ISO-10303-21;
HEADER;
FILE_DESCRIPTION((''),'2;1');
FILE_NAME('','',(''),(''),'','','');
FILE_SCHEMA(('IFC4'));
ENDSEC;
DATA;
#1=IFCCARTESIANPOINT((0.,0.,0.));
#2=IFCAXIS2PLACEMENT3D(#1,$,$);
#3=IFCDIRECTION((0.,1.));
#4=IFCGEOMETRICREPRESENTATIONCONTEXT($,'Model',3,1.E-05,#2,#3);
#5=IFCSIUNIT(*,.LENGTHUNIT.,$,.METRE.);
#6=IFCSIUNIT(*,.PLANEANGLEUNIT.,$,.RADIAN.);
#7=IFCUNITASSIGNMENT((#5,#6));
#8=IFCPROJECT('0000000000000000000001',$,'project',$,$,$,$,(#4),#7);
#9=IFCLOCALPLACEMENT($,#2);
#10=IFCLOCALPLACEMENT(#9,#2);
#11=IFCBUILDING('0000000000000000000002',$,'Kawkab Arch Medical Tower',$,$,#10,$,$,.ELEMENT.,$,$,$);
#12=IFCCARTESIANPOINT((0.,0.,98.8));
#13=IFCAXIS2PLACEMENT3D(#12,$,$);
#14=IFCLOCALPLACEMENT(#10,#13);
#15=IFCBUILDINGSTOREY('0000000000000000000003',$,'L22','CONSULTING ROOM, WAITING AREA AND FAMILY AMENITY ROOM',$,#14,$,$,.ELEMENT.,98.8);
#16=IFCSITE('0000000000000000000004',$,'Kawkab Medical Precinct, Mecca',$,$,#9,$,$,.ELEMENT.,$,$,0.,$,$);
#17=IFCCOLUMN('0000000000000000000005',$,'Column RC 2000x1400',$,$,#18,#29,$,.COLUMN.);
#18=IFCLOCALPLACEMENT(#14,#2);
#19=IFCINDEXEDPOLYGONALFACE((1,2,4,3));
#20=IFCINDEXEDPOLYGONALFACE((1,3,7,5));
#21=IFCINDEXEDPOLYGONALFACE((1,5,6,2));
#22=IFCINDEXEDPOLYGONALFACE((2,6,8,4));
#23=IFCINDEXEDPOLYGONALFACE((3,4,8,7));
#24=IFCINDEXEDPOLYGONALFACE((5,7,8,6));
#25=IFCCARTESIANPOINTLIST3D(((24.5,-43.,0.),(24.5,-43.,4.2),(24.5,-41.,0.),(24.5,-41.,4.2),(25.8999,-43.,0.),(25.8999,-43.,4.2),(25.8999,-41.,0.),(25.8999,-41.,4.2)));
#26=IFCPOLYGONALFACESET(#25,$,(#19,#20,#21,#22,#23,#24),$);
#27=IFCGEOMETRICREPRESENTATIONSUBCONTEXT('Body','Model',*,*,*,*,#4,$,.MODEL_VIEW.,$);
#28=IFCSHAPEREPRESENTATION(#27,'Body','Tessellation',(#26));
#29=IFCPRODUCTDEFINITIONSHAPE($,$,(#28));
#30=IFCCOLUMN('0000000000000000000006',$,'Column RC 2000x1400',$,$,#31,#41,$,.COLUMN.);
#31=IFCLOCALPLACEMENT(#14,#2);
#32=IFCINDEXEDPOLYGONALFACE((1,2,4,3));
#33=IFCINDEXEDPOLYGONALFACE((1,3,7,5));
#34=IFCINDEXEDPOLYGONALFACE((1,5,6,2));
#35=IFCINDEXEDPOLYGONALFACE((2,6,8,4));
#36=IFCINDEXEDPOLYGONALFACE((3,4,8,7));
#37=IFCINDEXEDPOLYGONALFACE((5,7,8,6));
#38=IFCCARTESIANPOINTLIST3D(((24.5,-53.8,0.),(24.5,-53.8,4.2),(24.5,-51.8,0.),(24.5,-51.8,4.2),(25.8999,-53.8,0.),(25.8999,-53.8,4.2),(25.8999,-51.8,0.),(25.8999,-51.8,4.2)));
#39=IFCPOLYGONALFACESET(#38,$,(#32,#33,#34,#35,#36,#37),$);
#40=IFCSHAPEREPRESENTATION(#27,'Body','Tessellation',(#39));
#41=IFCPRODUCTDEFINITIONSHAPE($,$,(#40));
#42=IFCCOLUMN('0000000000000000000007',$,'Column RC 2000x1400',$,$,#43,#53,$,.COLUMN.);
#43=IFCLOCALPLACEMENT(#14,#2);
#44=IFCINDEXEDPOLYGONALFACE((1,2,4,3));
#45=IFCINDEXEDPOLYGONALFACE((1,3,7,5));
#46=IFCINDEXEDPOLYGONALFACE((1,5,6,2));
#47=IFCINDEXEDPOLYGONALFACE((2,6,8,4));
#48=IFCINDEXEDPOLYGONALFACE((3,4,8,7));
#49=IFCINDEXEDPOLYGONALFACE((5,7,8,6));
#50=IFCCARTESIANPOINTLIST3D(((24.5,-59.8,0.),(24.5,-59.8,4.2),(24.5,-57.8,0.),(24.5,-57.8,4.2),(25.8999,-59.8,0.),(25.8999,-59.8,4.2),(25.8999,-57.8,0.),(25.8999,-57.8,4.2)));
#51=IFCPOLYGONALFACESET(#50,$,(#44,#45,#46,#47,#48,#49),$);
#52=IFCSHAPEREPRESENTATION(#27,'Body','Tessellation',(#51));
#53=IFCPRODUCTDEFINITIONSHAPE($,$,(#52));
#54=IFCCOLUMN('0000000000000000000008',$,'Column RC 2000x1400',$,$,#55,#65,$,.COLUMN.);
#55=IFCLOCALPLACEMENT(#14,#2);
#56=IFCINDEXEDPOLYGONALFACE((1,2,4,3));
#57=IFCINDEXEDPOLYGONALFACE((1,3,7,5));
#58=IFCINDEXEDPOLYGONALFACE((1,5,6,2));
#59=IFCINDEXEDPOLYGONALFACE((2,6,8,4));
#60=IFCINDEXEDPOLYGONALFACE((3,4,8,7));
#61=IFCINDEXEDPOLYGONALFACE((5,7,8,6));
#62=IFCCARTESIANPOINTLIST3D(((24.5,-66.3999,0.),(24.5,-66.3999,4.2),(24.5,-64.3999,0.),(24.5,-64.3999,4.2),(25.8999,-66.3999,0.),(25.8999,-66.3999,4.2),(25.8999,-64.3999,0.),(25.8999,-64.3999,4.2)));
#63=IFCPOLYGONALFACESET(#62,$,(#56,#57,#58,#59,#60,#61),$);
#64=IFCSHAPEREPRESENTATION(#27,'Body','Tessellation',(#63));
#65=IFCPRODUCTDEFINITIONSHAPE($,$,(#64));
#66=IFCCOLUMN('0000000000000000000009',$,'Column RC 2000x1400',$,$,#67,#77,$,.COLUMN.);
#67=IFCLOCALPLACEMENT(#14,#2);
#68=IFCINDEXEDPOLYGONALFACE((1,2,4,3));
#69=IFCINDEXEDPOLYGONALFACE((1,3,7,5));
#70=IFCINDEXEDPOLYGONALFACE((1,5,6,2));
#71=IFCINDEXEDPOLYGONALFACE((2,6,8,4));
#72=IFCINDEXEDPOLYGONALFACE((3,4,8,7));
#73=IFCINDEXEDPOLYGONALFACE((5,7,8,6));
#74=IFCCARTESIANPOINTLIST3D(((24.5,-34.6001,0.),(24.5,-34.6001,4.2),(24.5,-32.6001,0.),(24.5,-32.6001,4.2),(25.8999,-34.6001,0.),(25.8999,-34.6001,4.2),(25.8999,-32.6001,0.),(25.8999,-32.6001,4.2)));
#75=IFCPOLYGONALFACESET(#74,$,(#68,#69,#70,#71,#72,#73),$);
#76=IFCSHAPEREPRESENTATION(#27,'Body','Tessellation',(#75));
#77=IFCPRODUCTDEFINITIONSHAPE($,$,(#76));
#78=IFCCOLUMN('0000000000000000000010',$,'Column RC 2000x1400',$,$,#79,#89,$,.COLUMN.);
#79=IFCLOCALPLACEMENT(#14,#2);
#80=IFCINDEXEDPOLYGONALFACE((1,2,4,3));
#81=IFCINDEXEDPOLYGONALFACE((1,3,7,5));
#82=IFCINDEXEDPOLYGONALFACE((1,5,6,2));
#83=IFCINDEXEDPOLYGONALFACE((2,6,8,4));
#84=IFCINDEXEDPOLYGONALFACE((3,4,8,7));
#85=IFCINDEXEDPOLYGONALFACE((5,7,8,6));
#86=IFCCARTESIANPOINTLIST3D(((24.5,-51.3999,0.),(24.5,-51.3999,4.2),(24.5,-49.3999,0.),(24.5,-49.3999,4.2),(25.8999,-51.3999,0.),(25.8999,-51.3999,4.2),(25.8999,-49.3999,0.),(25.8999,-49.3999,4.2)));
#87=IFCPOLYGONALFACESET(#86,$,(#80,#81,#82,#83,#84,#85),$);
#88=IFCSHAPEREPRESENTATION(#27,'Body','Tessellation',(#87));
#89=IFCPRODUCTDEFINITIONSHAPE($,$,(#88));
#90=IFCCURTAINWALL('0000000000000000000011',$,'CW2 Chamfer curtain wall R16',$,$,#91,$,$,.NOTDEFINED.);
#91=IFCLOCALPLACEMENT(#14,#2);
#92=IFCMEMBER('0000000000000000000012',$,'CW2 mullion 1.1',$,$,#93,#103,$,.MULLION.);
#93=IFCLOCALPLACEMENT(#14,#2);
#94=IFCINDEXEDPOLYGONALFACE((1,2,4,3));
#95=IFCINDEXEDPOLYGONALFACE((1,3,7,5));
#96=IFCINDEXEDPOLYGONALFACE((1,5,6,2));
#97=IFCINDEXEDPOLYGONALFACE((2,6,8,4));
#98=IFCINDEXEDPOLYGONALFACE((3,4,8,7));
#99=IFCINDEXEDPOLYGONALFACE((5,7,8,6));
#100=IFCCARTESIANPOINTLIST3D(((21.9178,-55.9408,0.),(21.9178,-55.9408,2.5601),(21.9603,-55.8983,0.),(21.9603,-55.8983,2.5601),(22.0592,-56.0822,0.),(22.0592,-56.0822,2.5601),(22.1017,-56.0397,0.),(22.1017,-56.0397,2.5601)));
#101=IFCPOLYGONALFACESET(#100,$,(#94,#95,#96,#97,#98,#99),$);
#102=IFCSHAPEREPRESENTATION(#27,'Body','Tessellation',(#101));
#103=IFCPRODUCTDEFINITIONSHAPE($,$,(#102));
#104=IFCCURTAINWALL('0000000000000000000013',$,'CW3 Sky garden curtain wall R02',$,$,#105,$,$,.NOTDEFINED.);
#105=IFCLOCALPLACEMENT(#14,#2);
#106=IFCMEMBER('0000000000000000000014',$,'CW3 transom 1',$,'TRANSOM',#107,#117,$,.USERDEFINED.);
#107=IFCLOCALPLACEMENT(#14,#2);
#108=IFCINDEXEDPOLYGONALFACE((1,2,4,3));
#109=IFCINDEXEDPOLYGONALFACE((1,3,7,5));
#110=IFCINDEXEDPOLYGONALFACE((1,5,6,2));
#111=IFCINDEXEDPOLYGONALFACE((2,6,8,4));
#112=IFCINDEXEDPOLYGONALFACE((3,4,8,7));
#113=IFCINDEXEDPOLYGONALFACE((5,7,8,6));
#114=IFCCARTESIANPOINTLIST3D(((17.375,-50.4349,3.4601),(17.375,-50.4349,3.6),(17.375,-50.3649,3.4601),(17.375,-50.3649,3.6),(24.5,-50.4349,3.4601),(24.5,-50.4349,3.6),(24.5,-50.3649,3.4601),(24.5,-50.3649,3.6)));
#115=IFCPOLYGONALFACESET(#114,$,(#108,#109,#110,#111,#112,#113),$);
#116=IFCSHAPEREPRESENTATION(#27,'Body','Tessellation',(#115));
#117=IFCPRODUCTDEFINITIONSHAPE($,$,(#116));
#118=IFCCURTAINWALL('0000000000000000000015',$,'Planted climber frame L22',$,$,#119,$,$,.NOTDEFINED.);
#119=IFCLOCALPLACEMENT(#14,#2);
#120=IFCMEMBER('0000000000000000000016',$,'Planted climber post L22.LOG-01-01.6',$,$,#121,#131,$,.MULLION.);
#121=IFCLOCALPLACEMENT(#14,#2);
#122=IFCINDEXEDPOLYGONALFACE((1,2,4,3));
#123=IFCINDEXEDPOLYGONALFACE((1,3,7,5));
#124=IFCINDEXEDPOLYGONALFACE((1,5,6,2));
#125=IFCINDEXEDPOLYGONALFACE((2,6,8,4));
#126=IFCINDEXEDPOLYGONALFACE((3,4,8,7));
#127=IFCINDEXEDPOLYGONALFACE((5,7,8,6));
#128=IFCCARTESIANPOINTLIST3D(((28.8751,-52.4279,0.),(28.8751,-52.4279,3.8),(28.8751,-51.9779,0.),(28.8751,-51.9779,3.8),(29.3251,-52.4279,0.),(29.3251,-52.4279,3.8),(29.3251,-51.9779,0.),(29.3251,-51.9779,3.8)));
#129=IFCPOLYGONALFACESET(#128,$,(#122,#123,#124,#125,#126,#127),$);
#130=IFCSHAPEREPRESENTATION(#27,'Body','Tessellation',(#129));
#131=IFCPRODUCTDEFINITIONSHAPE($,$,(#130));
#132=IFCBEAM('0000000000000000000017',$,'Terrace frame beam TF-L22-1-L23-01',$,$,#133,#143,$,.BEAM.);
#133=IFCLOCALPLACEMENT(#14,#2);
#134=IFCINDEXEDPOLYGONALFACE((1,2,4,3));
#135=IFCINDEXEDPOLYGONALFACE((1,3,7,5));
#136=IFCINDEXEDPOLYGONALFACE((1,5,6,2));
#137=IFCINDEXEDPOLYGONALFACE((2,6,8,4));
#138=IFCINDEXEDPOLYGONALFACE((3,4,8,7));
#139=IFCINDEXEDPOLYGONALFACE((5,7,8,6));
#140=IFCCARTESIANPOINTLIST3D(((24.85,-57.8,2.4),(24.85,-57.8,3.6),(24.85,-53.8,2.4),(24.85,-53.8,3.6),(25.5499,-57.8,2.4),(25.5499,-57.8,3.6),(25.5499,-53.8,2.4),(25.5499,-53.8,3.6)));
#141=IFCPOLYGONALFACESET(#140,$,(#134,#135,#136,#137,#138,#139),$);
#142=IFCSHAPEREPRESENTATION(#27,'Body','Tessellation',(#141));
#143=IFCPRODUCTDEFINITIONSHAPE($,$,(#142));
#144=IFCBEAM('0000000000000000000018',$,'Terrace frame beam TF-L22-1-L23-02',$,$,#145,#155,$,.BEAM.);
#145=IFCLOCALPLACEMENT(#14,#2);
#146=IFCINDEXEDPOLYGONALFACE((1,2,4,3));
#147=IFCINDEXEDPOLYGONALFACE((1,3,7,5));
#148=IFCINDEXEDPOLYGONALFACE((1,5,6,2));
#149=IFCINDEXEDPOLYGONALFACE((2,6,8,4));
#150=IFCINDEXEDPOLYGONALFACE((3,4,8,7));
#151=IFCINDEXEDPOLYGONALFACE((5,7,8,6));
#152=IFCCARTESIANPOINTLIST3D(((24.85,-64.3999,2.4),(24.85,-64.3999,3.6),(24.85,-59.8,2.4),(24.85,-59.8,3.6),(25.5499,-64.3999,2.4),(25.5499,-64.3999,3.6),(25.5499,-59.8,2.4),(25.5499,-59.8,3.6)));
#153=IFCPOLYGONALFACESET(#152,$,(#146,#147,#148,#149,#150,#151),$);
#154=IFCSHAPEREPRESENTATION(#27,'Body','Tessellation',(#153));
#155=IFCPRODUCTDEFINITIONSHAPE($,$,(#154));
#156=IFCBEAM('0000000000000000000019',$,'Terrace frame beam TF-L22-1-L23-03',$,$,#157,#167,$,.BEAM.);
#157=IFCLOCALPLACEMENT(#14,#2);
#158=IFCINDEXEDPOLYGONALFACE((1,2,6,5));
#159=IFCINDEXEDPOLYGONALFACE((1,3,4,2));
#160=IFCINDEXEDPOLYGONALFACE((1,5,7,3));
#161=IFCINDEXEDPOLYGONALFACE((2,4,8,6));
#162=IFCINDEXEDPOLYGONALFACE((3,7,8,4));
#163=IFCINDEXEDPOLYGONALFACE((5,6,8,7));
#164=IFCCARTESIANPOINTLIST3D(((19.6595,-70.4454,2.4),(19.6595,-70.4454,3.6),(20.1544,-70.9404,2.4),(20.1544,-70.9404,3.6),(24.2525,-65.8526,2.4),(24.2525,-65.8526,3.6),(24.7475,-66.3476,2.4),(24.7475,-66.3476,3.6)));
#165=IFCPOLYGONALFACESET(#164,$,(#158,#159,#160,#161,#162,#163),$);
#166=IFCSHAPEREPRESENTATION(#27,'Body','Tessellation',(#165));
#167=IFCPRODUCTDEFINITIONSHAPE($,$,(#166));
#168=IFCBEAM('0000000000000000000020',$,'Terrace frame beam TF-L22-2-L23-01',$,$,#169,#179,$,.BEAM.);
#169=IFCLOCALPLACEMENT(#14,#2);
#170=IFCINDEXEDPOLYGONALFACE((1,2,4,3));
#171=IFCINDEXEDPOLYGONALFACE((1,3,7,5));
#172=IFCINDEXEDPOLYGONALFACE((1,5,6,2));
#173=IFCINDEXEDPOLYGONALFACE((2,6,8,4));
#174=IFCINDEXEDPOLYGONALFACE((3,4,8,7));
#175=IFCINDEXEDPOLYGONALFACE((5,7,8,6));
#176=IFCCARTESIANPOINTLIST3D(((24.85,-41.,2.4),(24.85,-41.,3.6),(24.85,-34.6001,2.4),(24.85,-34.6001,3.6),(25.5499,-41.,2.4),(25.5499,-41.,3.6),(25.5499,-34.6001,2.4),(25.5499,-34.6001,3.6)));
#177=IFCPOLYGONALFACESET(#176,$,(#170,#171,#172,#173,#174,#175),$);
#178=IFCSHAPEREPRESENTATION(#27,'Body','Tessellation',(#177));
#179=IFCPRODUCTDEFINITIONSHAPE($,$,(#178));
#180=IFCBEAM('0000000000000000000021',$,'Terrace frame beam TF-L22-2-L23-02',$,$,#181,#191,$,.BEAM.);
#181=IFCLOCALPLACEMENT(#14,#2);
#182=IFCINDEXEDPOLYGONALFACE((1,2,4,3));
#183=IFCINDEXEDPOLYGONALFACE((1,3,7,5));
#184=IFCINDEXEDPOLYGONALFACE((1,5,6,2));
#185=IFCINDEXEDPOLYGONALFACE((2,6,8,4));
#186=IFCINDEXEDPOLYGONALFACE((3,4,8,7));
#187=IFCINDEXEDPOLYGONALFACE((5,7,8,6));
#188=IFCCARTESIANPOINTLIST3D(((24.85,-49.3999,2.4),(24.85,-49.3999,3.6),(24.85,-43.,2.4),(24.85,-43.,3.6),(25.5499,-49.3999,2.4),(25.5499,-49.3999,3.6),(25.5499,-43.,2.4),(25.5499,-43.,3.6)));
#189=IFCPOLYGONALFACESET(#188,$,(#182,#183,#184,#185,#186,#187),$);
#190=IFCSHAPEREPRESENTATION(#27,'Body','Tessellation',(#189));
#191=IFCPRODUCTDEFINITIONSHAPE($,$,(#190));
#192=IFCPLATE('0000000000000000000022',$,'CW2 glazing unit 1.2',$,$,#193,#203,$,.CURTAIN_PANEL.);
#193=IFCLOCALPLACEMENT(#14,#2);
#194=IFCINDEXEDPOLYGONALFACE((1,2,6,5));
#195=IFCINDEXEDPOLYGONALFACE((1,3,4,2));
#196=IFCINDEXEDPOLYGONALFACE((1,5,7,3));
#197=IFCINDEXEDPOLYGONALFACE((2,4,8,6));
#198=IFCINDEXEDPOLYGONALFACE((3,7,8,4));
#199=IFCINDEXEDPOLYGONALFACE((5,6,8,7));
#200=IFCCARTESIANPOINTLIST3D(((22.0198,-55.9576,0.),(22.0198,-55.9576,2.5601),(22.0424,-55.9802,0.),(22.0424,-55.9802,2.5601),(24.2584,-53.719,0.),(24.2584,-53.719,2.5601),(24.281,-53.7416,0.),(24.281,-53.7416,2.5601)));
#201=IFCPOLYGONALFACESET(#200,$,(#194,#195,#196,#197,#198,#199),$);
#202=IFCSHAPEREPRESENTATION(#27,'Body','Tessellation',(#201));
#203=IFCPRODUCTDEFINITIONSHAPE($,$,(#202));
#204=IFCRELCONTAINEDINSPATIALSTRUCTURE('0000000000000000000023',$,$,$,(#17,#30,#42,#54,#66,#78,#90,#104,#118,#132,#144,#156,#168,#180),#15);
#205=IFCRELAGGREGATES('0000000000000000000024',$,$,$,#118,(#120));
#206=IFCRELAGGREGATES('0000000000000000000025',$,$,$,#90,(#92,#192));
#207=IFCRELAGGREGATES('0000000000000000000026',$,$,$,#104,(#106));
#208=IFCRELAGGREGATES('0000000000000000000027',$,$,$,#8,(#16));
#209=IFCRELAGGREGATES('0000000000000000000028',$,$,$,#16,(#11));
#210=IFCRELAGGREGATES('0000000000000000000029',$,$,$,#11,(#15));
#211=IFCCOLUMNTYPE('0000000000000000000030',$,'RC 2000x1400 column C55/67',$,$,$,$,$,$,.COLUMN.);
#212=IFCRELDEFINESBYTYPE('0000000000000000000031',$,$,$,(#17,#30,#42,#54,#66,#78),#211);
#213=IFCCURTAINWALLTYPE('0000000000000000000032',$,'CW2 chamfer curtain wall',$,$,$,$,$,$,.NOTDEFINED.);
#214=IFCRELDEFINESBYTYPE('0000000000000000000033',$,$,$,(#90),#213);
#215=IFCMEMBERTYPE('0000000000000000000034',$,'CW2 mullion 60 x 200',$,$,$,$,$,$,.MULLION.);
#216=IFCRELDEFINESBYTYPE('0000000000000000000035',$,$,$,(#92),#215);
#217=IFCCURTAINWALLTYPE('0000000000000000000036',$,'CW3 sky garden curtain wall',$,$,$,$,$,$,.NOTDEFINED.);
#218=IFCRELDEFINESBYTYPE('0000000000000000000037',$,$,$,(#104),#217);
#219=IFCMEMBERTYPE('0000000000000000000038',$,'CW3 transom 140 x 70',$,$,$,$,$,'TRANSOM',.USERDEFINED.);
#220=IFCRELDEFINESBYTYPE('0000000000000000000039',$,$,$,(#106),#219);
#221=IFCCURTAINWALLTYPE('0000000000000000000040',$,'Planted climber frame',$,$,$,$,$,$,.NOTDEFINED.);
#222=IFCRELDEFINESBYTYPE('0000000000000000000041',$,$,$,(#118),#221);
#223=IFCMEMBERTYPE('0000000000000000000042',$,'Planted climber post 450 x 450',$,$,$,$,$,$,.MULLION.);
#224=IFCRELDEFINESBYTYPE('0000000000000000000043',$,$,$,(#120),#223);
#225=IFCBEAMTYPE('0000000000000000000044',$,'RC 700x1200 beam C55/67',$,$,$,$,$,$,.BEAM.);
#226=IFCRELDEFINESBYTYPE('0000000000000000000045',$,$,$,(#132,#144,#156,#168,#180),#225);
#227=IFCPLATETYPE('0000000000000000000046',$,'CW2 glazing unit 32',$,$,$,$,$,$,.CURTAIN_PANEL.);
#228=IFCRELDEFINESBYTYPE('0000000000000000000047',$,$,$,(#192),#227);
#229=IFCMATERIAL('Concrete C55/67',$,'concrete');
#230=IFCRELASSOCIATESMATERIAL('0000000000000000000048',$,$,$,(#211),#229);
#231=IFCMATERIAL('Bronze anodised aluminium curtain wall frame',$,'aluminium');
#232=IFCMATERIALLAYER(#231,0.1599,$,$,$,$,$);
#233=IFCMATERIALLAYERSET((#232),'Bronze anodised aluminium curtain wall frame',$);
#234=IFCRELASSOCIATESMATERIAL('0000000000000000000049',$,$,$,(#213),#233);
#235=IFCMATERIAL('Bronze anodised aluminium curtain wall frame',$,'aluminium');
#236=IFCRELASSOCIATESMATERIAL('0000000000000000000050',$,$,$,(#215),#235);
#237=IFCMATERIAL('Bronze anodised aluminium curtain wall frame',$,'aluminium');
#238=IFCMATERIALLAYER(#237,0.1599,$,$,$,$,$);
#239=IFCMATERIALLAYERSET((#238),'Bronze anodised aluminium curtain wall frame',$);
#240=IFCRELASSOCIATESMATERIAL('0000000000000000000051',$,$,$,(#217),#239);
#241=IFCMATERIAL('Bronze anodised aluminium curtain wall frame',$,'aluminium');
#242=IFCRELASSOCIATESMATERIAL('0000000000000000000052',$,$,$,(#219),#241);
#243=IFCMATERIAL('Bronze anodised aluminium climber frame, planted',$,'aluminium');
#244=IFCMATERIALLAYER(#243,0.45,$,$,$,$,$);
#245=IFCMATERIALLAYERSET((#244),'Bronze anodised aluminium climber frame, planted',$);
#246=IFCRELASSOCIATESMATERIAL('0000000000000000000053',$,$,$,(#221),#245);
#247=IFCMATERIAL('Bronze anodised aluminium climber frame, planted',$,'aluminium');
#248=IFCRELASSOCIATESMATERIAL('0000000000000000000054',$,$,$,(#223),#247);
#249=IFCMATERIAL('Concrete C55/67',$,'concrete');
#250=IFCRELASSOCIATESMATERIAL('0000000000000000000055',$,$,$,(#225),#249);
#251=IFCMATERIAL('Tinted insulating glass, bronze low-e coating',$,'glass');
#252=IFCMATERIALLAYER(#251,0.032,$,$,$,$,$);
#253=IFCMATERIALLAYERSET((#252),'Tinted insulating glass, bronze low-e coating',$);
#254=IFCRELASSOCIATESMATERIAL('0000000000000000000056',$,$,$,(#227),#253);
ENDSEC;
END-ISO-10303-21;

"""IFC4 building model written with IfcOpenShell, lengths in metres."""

from ifc_helpers import new_model, si_unit, direction, frame, origin, origin_2d, place, context, subcontext, project, spatial, rectangle, extrude, material, layer, layer_set, material_profile, profile_set, type_object, element, aggregate, save


model = new_model("IFC4")

# Units and contexts
model_context = context("Model", 3, precision=1e-05, world=origin(), true_north=direction((0.0, 1.0)))
body_context = subcontext(model_context, "Body", "Model", "MODEL_VIEW")
ifc_project = project(units=[si_unit("LENGTHUNIT", "METRE"), si_unit("PLANEANGLEUNIT", "RADIAN")], contexts=[model_context])

# Site, building, storey
site_placement = place(None, origin())
site = spatial("IfcSite", under=ifc_project, at=site_placement, Name="Kawkab Medical Precinct, Mecca", CompositionType="ELEMENT", RefElevation=0.0)
building_placement = place(site_placement, origin())
building = spatial("IfcBuilding", under=site, at=building_placement, Name="Kawkab Arch Medical Tower", CompositionType="ELEMENT")
storey_placement = place(building_placement, frame((0.0, 0.0, 98.8)))
storey = spatial("IfcBuildingStorey", under=building, at=storey_placement, Name="L22", Description="CONSULTING ROOM, WAITING AREA AND FAMILY AMENITY ROOM", CompositionType="ELEMENT", Elevation=98.8)

# Columns
ifc_material_1 = material(Name="Concrete C55/67", Category="concrete")
ifc_material_profile_1 = material_profile(ifc_material_1, rectangle(XDim=2.0, YDim=1.3999, at=origin_2d()), Name="RC 2000x1400")
ifc_profile_set_1 = profile_set([ifc_material_profile_1], Name="Concrete C55/67")
column_type = type_object("IfcColumnType", Name="RC 2000x1400 column C55/67", PredefinedType="COLUMN", material=ifc_profile_set_1)
for number, where, z_axis, x_axis, name in (
    (1, (25.2, -42.0, 0.0), (0.0, 0.0, 1.0), (0.0, -1.0, 0.0), "Column RC 2000x1400"),
    (2, (25.2, -52.8, 0.0), (0.0, 0.0, 1.0), (0.0, -1.0, 0.0), "Column RC 2000x1400"),
    (3, (25.2, -58.8, 0.0), (0.0, 0.0, 1.0), (0.0, -1.0, 0.0), "Column RC 2000x1400"),
    (4, (25.2, -65.3999, 0.0), (0.0, 0.0, 1.0), (0.0, -1.0, 0.0), "Column RC 2000x1400"),
    (5, (25.2, -33.6001, 0.0), (0.0, 0.0, 1.0), (0.0, -1.0, 0.0), "Column RC 2000x1400"),
    (6, (25.2, -50.3999, 0.0), (0.0, 0.0, 1.0), (0.0, -1.0, 0.0), "Column RC 2000x1400"),
):
    element("IfcColumn", number, at=place(storey_placement, frame(where, z_axis=z_axis, x_axis=x_axis)), inside=storey, type_object=column_type, Name=name, PredefinedType="COLUMN", context=body_context, shape_type="SweptSolid", body=[
        extrude(rectangle(XDim=2.0, YDim=1.3999, at=origin_2d()), origin(), (0.0, 0.0, 1.0), 4.2),
    ])

# Curtain walls, members
ifc_material_2 = material(Name="Bronze anodised aluminium curtain wall frame", Category="aluminium")
ifc_layer_1 = layer(ifc_material_2, 0.1599)
ifc_layer_set_1 = layer_set([ifc_layer_1], Name="Bronze anodised aluminium curtain wall frame")
curtain_wall_type_1 = type_object("IfcCurtainWallType", Name="CW2 chamfer curtain wall", PredefinedType="NOTDEFINED", material=ifc_layer_set_1)
placement = place(storey_placement, origin())
curtain_wall_1 = element("IfcCurtainWall", 7, at=placement, inside=storey, type_object=curtain_wall_type_1, Name="CW2 Chamfer curtain wall R16", PredefinedType="NOTDEFINED")
ifc_material_3 = material(Name="Bronze anodised aluminium curtain wall frame", Category="aluminium")
ifc_material_profile_2 = material_profile(ifc_material_3, rectangle(XDim=0.2, YDim=0.0601, at=origin_2d()), Name="AL 60x200")
ifc_profile_set_2 = profile_set([ifc_material_profile_2], Name="Bronze anodised aluminium curtain wall frame")
member_type_1 = type_object("IfcMemberType", Name="CW2 mullion 60 x 200", PredefinedType="MULLION", material=ifc_profile_set_2)
member_1_placement = place(storey_placement, frame((22.0098, -55.9902, 0.0), z_axis=(0.0, 0.0, 1.0), x_axis=(-0.707107, 0.707107, 0.0)))
member_1 = element("IfcMember", 8, at=member_1_placement, type_object=member_type_1, Name="CW2 mullion 1.1", PredefinedType="MULLION", context=body_context, shape_type="SweptSolid", body=[
    extrude(rectangle(XDim=0.2, YDim=0.0601, at=origin_2d()), origin(), (0.0, 0.0, 1.0), 2.5601),
])
ifc_material_4 = material(Name="Bronze anodised aluminium curtain wall frame", Category="aluminium")
ifc_layer_2 = layer(ifc_material_4, 0.1599)
ifc_layer_set_2 = layer_set([ifc_layer_2], Name="Bronze anodised aluminium curtain wall frame")
curtain_wall_type_2 = type_object("IfcCurtainWallType", Name="CW3 sky garden curtain wall", PredefinedType="NOTDEFINED", material=ifc_layer_set_2)
curtain_wall_2 = element("IfcCurtainWall", 9, at=placement, inside=storey, type_object=curtain_wall_type_2, Name="CW3 Sky garden curtain wall R02", PredefinedType="NOTDEFINED")
ifc_material_5 = material(Name="Bronze anodised aluminium curtain wall frame", Category="aluminium")
ifc_material_profile_3 = material_profile(ifc_material_5, rectangle(XDim=0.0701, YDim=0.1399, at=origin_2d()), Name="AL 70x140")
ifc_profile_set_3 = profile_set([ifc_material_profile_3], Name="Bronze anodised aluminium curtain wall frame")
member_type_2 = type_object("IfcMemberType", Name="CW3 transom 140 x 70", ElementType="TRANSOM", PredefinedType="USERDEFINED", material=ifc_profile_set_3)
member_2_placement = place(storey_placement, frame((24.5, -50.3999, 3.53), z_axis=(-1.0, 0.0, 0.0), x_axis=(0.0, -1.0, 0.0)))
member_2 = element("IfcMember", 10, at=member_2_placement, type_object=member_type_2, Name="CW3 transom 1", ObjectType="TRANSOM", PredefinedType="USERDEFINED", context=body_context, shape_type="SweptSolid", body=[
    extrude(rectangle(XDim=0.0701, YDim=0.1399, at=origin_2d()), origin(), (0.0, 0.0, 1.0), 7.125),
])
ifc_material_6 = material(Name="Bronze anodised aluminium climber frame, planted", Category="aluminium")
ifc_layer_3 = layer(ifc_material_6, 0.45)
ifc_layer_set_3 = layer_set([ifc_layer_3], Name="Bronze anodised aluminium climber frame, planted")
curtain_wall_type_3 = type_object("IfcCurtainWallType", Name="Planted climber frame", PredefinedType="NOTDEFINED", material=ifc_layer_set_3)
curtain_wall_3 = element("IfcCurtainWall", 11, at=placement, inside=storey, type_object=curtain_wall_type_3, Name="Planted climber frame L22", PredefinedType="NOTDEFINED")
ifc_material_7 = material(Name="Bronze anodised aluminium climber frame, planted", Category="aluminium")
ifc_material_profile_4 = material_profile(ifc_material_7, rectangle(XDim=0.45, YDim=0.45, at=origin_2d()), Name="Post 450x450")
ifc_profile_set_4 = profile_set([ifc_material_profile_4], Name="Bronze anodised aluminium climber frame, planted")
member_type_3 = type_object("IfcMemberType", Name="Planted climber post 450 x 450", PredefinedType="MULLION", material=ifc_profile_set_4)
member_3_placement = place(storey_placement, frame((29.1001, -52.2029, 0.0), z_axis=(0.0, 0.0, 1.0), x_axis=(1.0, 0.0, 0.0)))
member_3 = element("IfcMember", 12, at=member_3_placement, type_object=member_type_3, Name="Planted climber post L22.LOG-01-01.6", PredefinedType="MULLION", context=body_context, shape_type="SweptSolid", body=[
    extrude(rectangle(XDim=0.45, YDim=0.45, at=origin_2d()), origin(), (0.0, 0.0, 1.0), 3.8),
])
aggregate(curtain_wall_3, [member_3])

# Beams
ifc_material_8 = material(Name="Concrete C55/67", Category="concrete")
ifc_material_profile_5 = material_profile(ifc_material_8, rectangle(XDim=0.7, YDim=1.2, at=origin_2d()), Name="RC 700x1200")
ifc_profile_set_5 = profile_set([ifc_material_profile_5], Name="Concrete C55/67")
beam_type = type_object("IfcBeamType", Name="RC 700x1200 beam C55/67", PredefinedType="BEAM", material=ifc_profile_set_5)
beam_1_placement = place(storey_placement, frame((25.2, -53.8, 3.0), z_axis=(0.0, -1.0, 0.0), x_axis=(1.0, 0.0, 0.0)))
element("IfcBeam", 13, at=beam_1_placement, inside=storey, type_object=beam_type, Name="Terrace frame beam TF-L22-1-L23-01", PredefinedType="BEAM", context=body_context, shape_type="SweptSolid", body=[
    extrude(rectangle(XDim=0.7, YDim=1.2, at=origin_2d()), origin(), (0.0, 0.0, 1.0), 4.0),
])
beam_2_placement = place(storey_placement, frame((25.2, -59.8, 3.0), z_axis=(0.0, -1.0, 0.0), x_axis=(1.0, 0.0, 0.0)))
element("IfcBeam", 14, at=beam_2_placement, inside=storey, type_object=beam_type, Name="Terrace frame beam TF-L22-1-L23-02", PredefinedType="BEAM", context=body_context, shape_type="SweptSolid", body=[
    extrude(rectangle(XDim=0.7, YDim=1.2, at=origin_2d()), origin(), (0.0, 0.0, 1.0), 4.5999),
])
beam_3_placement = place(storey_placement, frame((24.5, -66.1001, 3.0), z_axis=(-0.707126, -0.707088, 0.0), x_axis=(0.707088, -0.707126, 0.0)))
element("IfcBeam", 15, at=beam_3_placement, inside=storey, type_object=beam_type, Name="Terrace frame beam TF-L22-1-L23-03", PredefinedType="BEAM", context=body_context, shape_type="SweptSolid", body=[
    extrude(rectangle(XDim=0.7, YDim=1.2, at=origin_2d()), origin(), (0.0, 0.0, 1.0), 6.4954),
])
for number, where, z_axis, x_axis, name in (
    (16, (25.2, -34.6001, 3.0), (0.0, -1.0, 0.0), (1.0, 0.0, 0.0), "Terrace frame beam TF-L22-2-L23-01"),
    (17, (25.2, -43.0, 3.0), (0.0, -1.0, 0.0), (1.0, 0.0, 0.0), "Terrace frame beam TF-L22-2-L23-02"),
):
    element("IfcBeam", number, at=place(storey_placement, frame(where, z_axis=z_axis, x_axis=x_axis)), inside=storey, type_object=beam_type, Name=name, PredefinedType="BEAM", context=body_context, shape_type="SweptSolid", body=[
        extrude(rectangle(XDim=0.7, YDim=1.2, at=origin_2d()), origin(), (0.0, 0.0, 1.0), 6.3999),
    ])

# Plate
ifc_material_9 = material(Name="Tinted insulating glass, bronze low-e coating", Category="glass")
ifc_layer_4 = layer(ifc_material_9, 0.032)
ifc_layer_set_4 = layer_set([ifc_layer_4], Name="Tinted insulating glass, bronze low-e coating")
plate_type_1 = type_object("IfcPlateType", Name="CW2 glazing unit 32", PredefinedType="CURTAIN_PANEL", material=ifc_layer_set_4)
plate_1_placement = place(storey_placement, frame((23.1504, -54.8496, 0.0), z_axis=(0.0, 0.0, 1.0), x_axis=(0.707107, 0.707107, 0.0)))
plate_1 = element("IfcPlate", 18, at=plate_1_placement, type_object=plate_type_1, Name="CW2 glazing unit 1.2", PredefinedType="CURTAIN_PANEL", context=body_context, shape_type="SweptSolid", body=[
    extrude(rectangle(XDim=3.1658, YDim=0.032, at=origin_2d()), origin(), (0.0, 0.0, 1.0), 2.5601),
])
aggregate(curtain_wall_1, [member_1, plate_1])
aggregate(curtain_wall_2, [member_2])

save(model, "model.ifc")
